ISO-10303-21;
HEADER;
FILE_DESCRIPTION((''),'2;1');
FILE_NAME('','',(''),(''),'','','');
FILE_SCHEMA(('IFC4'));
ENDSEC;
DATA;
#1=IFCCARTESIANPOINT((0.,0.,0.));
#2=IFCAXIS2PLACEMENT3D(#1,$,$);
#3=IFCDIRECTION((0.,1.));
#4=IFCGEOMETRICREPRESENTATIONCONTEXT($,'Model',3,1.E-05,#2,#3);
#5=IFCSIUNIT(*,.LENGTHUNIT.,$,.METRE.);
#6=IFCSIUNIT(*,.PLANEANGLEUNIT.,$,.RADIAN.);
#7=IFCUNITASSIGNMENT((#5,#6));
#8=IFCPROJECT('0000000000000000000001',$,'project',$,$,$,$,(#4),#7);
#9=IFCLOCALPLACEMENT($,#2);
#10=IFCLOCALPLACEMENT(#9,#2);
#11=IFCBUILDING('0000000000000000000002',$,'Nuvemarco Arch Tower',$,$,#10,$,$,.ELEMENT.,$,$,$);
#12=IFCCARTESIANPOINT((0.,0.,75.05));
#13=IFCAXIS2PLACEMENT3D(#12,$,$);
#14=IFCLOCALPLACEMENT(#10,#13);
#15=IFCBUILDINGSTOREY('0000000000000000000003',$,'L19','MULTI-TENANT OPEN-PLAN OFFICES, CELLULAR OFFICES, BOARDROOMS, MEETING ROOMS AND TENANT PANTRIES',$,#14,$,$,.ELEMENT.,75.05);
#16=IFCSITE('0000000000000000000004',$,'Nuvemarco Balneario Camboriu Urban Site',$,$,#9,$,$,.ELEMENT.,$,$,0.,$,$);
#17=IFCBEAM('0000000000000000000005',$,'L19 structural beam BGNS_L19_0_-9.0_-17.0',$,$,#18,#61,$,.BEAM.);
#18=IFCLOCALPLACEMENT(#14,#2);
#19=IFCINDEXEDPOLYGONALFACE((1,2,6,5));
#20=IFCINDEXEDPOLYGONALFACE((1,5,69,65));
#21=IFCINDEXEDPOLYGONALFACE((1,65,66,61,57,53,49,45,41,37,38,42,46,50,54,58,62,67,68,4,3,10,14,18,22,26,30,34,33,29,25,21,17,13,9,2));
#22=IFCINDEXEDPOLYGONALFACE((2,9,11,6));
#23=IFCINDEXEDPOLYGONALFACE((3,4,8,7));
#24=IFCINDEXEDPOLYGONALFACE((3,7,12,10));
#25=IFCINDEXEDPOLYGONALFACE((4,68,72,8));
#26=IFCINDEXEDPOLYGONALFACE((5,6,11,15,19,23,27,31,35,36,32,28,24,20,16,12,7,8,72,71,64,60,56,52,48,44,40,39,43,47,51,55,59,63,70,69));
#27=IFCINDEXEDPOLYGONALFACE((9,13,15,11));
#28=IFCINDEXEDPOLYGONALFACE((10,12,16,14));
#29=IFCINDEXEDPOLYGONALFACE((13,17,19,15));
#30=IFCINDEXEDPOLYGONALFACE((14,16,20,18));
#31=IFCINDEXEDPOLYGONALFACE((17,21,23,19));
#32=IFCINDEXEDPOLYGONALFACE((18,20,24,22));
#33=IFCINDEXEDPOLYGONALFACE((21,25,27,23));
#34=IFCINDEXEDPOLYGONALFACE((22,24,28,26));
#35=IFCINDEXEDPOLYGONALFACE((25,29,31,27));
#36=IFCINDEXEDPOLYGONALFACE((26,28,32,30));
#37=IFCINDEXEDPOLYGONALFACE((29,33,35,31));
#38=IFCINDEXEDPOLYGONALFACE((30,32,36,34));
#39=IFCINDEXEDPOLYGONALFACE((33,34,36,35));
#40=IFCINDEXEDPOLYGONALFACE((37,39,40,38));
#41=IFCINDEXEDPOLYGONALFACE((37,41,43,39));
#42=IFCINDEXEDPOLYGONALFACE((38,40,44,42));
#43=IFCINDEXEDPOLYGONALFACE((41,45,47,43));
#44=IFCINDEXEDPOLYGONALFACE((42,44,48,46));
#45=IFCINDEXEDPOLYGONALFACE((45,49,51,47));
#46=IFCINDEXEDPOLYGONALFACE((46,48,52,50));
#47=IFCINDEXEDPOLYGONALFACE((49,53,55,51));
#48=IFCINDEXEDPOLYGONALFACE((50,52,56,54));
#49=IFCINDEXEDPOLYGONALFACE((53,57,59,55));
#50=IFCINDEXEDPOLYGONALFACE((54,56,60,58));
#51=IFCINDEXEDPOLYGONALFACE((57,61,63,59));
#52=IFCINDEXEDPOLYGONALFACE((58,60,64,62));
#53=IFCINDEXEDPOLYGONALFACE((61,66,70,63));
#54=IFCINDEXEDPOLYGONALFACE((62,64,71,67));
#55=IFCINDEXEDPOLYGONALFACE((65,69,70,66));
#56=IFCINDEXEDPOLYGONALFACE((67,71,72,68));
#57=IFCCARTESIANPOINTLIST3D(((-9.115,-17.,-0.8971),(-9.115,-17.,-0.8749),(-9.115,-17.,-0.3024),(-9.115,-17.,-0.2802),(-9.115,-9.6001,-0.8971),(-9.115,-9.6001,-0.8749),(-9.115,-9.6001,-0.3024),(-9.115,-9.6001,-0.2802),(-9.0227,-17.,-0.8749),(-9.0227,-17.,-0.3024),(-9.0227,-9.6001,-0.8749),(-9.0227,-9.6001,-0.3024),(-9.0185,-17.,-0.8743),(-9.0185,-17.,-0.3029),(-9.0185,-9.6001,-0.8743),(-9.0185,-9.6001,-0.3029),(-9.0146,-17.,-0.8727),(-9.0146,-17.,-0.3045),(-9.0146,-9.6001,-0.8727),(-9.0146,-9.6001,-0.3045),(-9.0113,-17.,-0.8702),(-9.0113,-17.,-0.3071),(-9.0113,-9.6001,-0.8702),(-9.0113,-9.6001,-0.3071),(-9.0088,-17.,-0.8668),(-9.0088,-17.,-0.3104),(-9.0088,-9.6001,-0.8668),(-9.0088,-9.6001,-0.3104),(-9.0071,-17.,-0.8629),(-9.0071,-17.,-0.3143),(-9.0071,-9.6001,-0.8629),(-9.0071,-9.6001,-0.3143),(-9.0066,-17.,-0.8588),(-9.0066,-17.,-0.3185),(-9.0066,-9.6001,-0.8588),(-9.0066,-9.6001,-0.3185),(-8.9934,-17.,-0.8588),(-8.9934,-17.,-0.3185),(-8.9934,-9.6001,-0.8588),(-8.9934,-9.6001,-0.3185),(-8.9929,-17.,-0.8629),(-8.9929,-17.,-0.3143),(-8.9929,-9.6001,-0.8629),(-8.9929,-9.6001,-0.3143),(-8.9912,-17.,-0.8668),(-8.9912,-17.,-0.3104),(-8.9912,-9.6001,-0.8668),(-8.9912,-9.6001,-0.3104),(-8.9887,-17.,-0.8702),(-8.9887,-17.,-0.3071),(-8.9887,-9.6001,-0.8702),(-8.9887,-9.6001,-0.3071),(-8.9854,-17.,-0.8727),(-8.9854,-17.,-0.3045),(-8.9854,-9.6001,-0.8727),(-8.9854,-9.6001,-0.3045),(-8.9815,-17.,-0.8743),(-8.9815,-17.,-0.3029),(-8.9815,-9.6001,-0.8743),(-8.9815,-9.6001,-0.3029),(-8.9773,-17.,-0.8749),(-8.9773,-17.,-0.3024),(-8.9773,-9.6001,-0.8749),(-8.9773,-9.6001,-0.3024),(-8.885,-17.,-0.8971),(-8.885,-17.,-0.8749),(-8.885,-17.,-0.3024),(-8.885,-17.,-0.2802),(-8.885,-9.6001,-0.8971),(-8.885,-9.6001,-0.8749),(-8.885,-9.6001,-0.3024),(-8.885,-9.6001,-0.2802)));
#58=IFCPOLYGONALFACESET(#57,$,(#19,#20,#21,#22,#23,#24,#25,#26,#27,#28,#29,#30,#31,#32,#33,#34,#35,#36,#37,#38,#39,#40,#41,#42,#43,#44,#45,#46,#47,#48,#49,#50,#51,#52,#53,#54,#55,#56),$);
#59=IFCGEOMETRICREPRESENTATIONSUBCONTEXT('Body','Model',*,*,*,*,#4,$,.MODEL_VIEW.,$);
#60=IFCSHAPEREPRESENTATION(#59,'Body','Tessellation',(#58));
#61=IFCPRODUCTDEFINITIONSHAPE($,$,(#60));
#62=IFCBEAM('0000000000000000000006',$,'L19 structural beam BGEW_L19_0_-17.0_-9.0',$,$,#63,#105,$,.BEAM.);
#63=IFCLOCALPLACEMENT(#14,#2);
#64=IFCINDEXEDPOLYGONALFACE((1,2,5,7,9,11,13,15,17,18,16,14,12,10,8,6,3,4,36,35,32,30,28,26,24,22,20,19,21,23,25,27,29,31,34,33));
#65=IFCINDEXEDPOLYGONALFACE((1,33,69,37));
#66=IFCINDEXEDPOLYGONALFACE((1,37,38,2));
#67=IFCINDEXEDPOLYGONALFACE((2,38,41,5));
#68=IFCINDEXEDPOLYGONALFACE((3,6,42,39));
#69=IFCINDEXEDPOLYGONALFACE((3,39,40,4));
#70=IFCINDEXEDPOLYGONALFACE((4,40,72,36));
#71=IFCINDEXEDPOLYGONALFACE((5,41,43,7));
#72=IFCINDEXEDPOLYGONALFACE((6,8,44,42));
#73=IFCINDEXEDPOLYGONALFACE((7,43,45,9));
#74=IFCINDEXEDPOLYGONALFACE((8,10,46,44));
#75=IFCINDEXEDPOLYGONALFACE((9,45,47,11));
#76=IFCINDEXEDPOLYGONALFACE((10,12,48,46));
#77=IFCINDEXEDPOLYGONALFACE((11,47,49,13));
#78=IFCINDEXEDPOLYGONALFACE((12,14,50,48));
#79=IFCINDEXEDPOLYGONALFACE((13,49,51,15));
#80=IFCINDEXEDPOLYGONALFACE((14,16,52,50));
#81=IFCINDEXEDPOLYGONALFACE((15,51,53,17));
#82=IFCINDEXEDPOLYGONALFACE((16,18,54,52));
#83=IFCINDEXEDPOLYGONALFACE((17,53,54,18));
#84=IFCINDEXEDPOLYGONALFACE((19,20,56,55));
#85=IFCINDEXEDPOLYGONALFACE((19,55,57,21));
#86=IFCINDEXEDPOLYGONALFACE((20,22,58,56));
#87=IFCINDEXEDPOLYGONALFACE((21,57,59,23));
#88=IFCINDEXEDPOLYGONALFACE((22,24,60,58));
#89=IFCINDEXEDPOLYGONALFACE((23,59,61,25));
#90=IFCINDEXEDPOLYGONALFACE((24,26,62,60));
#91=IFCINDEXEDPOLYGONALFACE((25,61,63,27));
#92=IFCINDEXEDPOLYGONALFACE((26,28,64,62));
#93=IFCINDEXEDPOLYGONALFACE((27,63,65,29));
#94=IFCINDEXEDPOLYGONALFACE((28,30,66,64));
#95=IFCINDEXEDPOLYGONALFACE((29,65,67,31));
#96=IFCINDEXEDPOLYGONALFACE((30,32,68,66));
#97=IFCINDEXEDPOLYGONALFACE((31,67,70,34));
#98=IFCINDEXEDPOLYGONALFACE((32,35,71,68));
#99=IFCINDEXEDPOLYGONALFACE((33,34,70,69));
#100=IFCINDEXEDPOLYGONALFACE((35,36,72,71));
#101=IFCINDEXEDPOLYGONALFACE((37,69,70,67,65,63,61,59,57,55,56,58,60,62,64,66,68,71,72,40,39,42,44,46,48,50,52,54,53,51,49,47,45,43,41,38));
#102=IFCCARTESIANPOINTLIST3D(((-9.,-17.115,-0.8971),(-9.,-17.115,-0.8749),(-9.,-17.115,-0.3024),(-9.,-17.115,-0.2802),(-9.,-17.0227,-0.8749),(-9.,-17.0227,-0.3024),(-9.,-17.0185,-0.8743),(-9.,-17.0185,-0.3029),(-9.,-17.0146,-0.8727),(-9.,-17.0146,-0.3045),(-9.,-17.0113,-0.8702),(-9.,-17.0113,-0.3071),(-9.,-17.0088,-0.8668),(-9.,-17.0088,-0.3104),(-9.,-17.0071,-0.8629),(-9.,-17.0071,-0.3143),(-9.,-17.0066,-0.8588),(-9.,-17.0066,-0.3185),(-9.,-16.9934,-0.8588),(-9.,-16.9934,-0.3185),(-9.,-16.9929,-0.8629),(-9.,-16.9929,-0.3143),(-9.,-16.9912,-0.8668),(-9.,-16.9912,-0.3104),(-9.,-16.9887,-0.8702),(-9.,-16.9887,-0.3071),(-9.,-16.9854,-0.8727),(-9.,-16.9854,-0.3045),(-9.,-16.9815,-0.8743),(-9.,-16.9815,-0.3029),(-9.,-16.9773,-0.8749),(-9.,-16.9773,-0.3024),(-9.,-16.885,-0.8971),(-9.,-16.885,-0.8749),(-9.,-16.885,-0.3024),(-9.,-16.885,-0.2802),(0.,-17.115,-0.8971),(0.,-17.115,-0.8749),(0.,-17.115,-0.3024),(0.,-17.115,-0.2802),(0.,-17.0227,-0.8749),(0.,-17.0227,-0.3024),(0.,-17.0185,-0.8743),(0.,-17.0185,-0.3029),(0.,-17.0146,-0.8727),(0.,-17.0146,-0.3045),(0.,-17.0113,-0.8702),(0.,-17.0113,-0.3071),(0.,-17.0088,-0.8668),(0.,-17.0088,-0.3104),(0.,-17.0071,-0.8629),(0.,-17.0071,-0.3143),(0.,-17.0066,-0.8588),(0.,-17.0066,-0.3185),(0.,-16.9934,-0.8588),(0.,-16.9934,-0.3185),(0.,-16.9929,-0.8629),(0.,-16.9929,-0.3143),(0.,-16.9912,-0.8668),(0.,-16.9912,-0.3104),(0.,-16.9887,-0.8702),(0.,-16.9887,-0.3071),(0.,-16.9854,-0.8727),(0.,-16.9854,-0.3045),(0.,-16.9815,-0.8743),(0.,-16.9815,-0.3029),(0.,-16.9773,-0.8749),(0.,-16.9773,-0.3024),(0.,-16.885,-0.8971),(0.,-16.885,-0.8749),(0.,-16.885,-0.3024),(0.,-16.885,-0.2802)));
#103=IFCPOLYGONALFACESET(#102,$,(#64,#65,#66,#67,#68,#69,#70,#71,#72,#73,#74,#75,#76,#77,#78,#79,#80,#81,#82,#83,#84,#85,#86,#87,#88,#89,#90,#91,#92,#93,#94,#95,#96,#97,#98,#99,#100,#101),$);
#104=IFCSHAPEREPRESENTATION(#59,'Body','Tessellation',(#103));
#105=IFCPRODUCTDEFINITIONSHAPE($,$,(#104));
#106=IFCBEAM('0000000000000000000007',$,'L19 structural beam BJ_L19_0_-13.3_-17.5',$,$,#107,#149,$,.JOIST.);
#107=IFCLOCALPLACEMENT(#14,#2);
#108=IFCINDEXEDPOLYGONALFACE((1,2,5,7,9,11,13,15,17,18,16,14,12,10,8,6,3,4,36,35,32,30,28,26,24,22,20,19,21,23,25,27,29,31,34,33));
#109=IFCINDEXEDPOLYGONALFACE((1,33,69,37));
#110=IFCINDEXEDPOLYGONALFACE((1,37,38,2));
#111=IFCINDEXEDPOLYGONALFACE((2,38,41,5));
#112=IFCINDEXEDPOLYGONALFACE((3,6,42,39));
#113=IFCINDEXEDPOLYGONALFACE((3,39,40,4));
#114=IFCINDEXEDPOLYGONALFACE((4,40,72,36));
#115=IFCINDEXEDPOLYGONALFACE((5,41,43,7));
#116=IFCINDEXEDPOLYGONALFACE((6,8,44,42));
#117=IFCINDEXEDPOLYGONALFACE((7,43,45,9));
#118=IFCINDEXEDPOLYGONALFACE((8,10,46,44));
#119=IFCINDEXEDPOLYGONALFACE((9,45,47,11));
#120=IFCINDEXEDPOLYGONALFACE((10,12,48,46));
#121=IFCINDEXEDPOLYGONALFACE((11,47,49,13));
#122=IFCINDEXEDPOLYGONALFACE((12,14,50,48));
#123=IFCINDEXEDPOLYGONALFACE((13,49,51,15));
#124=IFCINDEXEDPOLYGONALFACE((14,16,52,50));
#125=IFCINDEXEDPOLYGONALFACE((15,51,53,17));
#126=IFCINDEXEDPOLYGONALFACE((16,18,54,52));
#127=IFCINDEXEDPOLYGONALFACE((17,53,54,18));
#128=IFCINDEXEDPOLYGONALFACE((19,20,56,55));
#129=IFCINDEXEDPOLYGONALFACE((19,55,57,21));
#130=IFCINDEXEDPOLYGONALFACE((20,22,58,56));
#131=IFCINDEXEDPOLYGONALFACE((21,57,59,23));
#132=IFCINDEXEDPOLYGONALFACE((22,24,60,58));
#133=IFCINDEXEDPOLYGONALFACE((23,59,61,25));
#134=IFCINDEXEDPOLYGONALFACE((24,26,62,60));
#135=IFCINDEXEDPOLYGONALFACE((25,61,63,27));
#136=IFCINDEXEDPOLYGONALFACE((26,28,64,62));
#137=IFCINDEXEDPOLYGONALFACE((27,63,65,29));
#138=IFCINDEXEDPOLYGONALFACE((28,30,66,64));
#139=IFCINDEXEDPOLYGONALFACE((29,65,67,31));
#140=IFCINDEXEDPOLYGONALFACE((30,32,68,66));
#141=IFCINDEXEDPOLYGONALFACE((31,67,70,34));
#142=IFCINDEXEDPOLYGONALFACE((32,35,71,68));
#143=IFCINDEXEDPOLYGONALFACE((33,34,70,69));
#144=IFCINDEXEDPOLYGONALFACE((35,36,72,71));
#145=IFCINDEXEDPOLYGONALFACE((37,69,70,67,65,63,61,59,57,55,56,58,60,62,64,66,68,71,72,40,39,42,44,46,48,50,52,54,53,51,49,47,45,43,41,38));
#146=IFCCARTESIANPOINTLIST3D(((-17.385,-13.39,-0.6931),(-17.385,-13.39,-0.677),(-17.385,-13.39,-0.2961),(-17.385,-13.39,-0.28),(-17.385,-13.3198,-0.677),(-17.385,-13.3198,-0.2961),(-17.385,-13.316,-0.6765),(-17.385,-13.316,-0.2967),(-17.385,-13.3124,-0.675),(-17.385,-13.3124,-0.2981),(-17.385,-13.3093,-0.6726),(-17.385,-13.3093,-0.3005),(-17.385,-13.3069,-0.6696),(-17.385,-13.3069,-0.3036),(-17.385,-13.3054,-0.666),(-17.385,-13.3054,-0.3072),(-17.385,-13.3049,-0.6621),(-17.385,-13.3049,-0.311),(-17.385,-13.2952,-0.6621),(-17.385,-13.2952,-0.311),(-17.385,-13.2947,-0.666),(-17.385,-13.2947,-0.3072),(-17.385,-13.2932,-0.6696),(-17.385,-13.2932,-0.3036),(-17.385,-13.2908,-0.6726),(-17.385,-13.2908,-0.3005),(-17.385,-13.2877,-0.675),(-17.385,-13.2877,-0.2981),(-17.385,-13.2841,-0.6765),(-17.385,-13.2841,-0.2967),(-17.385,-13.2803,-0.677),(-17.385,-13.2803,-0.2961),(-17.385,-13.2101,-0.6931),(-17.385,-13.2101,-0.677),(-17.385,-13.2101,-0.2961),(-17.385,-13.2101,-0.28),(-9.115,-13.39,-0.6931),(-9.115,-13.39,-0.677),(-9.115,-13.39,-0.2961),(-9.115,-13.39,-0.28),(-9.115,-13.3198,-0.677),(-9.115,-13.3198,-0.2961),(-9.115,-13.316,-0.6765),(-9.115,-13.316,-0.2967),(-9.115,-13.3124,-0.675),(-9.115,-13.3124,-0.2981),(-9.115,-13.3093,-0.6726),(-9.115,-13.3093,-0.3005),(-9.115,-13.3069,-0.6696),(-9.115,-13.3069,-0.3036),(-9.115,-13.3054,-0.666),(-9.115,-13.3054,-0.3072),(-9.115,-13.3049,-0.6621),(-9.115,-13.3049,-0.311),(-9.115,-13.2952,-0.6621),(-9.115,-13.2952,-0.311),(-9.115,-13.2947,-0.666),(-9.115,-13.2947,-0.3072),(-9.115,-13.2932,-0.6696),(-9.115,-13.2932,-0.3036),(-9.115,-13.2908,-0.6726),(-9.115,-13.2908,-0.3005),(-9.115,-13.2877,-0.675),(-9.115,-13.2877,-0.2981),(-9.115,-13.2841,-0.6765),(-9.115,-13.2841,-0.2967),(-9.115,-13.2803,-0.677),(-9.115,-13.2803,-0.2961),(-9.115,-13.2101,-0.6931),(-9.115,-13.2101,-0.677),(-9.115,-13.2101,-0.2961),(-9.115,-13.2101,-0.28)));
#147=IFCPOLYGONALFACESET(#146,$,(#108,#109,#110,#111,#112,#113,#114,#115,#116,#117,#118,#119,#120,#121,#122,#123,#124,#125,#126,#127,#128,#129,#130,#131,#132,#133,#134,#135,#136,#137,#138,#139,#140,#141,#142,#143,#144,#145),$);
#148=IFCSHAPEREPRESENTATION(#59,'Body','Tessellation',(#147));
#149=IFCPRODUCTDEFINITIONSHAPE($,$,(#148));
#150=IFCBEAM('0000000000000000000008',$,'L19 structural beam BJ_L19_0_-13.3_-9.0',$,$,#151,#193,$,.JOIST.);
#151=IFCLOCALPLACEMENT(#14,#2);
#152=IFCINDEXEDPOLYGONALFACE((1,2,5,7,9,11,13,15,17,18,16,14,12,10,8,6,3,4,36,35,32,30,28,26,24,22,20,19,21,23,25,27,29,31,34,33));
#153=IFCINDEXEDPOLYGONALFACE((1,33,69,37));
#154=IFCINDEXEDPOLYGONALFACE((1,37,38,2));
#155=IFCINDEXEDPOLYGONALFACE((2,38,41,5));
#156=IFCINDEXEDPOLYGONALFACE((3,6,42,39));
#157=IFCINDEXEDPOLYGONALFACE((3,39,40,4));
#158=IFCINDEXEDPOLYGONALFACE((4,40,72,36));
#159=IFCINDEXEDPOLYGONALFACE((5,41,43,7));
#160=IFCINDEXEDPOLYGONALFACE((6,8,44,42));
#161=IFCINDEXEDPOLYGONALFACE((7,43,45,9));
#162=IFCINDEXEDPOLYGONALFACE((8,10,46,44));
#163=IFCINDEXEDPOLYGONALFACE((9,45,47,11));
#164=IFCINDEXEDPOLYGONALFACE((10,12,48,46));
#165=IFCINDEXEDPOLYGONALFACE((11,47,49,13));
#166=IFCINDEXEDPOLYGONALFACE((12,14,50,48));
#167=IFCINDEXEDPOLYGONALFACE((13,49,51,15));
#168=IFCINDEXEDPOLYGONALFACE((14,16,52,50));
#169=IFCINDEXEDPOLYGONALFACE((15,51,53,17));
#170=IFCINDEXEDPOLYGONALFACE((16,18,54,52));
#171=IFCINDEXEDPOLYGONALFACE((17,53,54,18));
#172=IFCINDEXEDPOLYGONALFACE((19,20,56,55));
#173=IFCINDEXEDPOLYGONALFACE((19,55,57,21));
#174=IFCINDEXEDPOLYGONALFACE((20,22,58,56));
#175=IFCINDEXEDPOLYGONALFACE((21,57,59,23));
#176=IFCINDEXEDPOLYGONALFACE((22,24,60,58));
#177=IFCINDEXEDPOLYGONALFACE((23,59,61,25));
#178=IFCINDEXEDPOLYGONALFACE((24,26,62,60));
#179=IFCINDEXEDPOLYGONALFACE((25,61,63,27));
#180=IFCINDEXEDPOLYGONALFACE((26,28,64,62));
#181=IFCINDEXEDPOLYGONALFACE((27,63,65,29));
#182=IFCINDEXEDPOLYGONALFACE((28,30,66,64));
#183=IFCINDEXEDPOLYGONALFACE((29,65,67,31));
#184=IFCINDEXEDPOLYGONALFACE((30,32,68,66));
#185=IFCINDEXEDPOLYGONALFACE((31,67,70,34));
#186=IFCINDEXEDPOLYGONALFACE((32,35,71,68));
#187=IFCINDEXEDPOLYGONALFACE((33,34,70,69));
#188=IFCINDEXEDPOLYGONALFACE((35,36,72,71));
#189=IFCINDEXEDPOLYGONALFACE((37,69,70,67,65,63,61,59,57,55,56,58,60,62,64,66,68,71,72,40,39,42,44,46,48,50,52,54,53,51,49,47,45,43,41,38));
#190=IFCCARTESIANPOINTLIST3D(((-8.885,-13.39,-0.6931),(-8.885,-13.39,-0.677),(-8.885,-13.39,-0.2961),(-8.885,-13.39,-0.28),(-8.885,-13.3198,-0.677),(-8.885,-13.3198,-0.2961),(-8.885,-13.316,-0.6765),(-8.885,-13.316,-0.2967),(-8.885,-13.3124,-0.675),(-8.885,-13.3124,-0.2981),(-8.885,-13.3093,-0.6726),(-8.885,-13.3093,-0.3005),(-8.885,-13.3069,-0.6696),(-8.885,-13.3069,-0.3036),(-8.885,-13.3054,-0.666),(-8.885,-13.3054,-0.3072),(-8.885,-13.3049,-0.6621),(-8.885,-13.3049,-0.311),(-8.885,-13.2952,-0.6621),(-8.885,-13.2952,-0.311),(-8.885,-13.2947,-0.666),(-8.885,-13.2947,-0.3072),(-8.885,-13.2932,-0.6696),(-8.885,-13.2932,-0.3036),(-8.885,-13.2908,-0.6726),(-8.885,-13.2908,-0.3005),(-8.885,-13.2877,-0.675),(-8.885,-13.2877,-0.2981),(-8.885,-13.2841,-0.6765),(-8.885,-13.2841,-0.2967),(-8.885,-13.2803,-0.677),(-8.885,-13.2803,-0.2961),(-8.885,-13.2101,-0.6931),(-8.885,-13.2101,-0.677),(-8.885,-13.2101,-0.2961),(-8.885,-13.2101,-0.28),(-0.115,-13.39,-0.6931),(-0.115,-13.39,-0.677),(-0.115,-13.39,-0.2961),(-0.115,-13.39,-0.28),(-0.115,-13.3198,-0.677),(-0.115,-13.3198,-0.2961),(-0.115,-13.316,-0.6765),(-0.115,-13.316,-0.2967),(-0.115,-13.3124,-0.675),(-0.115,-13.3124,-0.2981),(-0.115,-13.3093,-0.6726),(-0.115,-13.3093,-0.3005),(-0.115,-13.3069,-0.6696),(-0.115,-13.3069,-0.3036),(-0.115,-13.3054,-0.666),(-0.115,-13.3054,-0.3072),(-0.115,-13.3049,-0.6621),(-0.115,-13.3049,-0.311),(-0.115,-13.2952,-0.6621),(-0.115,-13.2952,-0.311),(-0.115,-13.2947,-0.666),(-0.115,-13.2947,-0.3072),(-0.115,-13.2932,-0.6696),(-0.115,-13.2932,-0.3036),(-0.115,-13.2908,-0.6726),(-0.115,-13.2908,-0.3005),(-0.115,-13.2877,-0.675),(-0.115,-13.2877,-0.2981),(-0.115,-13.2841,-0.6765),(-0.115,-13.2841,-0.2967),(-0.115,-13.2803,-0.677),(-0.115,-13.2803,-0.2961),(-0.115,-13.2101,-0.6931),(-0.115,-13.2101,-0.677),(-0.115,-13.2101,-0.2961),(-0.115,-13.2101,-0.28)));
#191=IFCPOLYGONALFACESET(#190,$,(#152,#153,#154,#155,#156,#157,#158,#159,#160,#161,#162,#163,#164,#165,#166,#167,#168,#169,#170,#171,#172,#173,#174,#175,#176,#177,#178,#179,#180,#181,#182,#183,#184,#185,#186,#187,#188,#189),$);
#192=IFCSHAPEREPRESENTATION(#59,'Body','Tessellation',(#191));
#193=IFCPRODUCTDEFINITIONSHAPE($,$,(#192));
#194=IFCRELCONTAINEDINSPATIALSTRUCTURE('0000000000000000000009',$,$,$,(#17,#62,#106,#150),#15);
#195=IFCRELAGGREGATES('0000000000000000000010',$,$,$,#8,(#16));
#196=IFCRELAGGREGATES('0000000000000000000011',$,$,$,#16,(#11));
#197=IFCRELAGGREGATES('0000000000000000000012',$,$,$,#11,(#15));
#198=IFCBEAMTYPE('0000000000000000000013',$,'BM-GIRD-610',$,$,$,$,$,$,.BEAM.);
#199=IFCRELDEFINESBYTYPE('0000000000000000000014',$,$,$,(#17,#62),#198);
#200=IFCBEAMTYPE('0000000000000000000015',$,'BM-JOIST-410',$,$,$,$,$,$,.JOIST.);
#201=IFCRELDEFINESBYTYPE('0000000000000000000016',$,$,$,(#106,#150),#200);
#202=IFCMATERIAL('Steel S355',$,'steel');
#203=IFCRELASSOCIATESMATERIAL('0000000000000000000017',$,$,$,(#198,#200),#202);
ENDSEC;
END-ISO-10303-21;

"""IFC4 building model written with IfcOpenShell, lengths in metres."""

from ifc_helpers import new_model, si_unit, direction, frame, origin, origin_2d, place, context, subcontext, project, spatial, i_section, extrude, material, material_profile, profile_set, type_object, element, save


model = new_model("IFC4")

# Units and contexts
model_context = context("Model", 3, precision=1e-05, world=origin(), true_north=direction((0.0, 1.0)))
body_context = subcontext(model_context, "Body", "Model", "MODEL_VIEW")
ifc_project = project(units=[si_unit("LENGTHUNIT", "METRE"), si_unit("PLANEANGLEUNIT", "RADIAN")], contexts=[model_context])

# Site, building, storey
site_placement = place(None, origin())
site = spatial("IfcSite", under=ifc_project, at=site_placement, Name="Nuvemarco Balneario Camboriu Urban Site", CompositionType="ELEMENT", RefElevation=0.0)
building_placement = place(site_placement, origin())
building = spatial("IfcBuilding", under=site, at=building_placement, Name="Nuvemarco Arch Tower", CompositionType="ELEMENT")
storey_placement = place(building_placement, frame((0.0, 0.0, 75.05)))
storey = spatial("IfcBuildingStorey", under=building, at=storey_placement, Name="L19", Description="MULTI-TENANT OPEN-PLAN OFFICES, CELLULAR OFFICES, BOARDROOMS, MEETING ROOMS AND TENANT PANTRIES", CompositionType="ELEMENT", Elevation=75.05)

# Shared definitions
ifc_material_1 = material(Name="Steel S355", Category="steel")

# Beams
ifc_material_profile_1 = material_profile(ifc_material_1, i_section(OverallWidth=0.23, OverallDepth=0.6169, WebThickness=0.0132, FlangeThickness=0.0222, FilletRadius=0.0161, at=origin_2d()), Name="W610x140")
ifc_profile_set_1 = profile_set([ifc_material_profile_1], Name="Steel S355")
beam_type_1 = type_object("IfcBeamType", Name="BM-GIRD-610", PredefinedType="BEAM", material=ifc_profile_set_1)
beam_1_placement = place(storey_placement, frame((-9.0, -17.0, -0.5886), z_axis=(0.0, 1.0, 0.0), x_axis=(-1.0, 0.0, 0.0)))
element("IfcBeam", 1, at=beam_1_placement, inside=storey, type_object=beam_type_1, Name="L19 structural beam BGNS_L19_0_-9.0_-17.0", PredefinedType="BEAM", context=body_context, shape_type="SweptSolid", body=[
    extrude(i_section(OverallWidth=0.23, OverallDepth=0.6169, WebThickness=0.0132, FlangeThickness=0.0222, FilletRadius=0.0161, at=origin_2d()), origin(), (0.0, 0.0, 1.0), 7.3999),
])
beam_2_placement = place(storey_placement, frame((-9.0, -17.0, -0.5886), z_axis=(1.0, 0.0, 0.0), x_axis=(0.0, 1.0, 0.0)))
element("IfcBeam", 2, at=beam_2_placement, inside=storey, type_object=beam_type_1, Name="L19 structural beam BGEW_L19_0_-17.0_-9.0", PredefinedType="BEAM", context=body_context, shape_type="SweptSolid", body=[
    extrude(i_section(OverallWidth=0.23, OverallDepth=0.6169, WebThickness=0.0132, FlangeThickness=0.0222, FilletRadius=0.0161, at=origin_2d()), origin(), (0.0, 0.0, 1.0), 9.0),
])
ifc_material_profile_2 = material_profile(ifc_material_1, i_section(OverallWidth=0.1799, OverallDepth=0.4131, WebThickness=0.0098, FlangeThickness=0.0161, FilletRadius=0.0149, at=origin_2d()), Name="W410x75")
ifc_profile_set_2 = profile_set([ifc_material_profile_2], Name="Steel S355")
beam_type_2 = type_object("IfcBeamType", Name="BM-JOIST-410", PredefinedType="JOIST", material=ifc_profile_set_2)
beam_3_placement = place(storey_placement, frame((-17.385, -13.3, -0.4866), z_axis=(1.0, 0.0, 0.0), x_axis=(0.0, 1.0, 0.0)))
element("IfcBeam", 3, at=beam_3_placement, inside=storey, type_object=beam_type_2, Name="L19 structural beam BJ_L19_0_-13.3_-17.5", PredefinedType="JOIST", context=body_context, shape_type="SweptSolid", body=[
    extrude(i_section(OverallWidth=0.1799, OverallDepth=0.4131, WebThickness=0.0098, FlangeThickness=0.0161, FilletRadius=0.0149, at=origin_2d()), origin(), (0.0, 0.0, 1.0), 8.27),
])
beam_4_placement = place(storey_placement, frame((-8.885, -13.3, -0.4866), z_axis=(1.0, 0.0, 0.0), x_axis=(0.0, 1.0, 0.0)))
element("IfcBeam", 4, at=beam_4_placement, inside=storey, type_object=beam_type_2, Name="L19 structural beam BJ_L19_0_-13.3_-9.0", PredefinedType="JOIST", context=body_context, shape_type="SweptSolid", body=[
    extrude(i_section(OverallWidth=0.1799, OverallDepth=0.4131, WebThickness=0.0098, FlangeThickness=0.0161, FilletRadius=0.0149, at=origin_2d()), origin(), (0.0, 0.0, 1.0), 8.77),
])

save(model, "model.ifc")
